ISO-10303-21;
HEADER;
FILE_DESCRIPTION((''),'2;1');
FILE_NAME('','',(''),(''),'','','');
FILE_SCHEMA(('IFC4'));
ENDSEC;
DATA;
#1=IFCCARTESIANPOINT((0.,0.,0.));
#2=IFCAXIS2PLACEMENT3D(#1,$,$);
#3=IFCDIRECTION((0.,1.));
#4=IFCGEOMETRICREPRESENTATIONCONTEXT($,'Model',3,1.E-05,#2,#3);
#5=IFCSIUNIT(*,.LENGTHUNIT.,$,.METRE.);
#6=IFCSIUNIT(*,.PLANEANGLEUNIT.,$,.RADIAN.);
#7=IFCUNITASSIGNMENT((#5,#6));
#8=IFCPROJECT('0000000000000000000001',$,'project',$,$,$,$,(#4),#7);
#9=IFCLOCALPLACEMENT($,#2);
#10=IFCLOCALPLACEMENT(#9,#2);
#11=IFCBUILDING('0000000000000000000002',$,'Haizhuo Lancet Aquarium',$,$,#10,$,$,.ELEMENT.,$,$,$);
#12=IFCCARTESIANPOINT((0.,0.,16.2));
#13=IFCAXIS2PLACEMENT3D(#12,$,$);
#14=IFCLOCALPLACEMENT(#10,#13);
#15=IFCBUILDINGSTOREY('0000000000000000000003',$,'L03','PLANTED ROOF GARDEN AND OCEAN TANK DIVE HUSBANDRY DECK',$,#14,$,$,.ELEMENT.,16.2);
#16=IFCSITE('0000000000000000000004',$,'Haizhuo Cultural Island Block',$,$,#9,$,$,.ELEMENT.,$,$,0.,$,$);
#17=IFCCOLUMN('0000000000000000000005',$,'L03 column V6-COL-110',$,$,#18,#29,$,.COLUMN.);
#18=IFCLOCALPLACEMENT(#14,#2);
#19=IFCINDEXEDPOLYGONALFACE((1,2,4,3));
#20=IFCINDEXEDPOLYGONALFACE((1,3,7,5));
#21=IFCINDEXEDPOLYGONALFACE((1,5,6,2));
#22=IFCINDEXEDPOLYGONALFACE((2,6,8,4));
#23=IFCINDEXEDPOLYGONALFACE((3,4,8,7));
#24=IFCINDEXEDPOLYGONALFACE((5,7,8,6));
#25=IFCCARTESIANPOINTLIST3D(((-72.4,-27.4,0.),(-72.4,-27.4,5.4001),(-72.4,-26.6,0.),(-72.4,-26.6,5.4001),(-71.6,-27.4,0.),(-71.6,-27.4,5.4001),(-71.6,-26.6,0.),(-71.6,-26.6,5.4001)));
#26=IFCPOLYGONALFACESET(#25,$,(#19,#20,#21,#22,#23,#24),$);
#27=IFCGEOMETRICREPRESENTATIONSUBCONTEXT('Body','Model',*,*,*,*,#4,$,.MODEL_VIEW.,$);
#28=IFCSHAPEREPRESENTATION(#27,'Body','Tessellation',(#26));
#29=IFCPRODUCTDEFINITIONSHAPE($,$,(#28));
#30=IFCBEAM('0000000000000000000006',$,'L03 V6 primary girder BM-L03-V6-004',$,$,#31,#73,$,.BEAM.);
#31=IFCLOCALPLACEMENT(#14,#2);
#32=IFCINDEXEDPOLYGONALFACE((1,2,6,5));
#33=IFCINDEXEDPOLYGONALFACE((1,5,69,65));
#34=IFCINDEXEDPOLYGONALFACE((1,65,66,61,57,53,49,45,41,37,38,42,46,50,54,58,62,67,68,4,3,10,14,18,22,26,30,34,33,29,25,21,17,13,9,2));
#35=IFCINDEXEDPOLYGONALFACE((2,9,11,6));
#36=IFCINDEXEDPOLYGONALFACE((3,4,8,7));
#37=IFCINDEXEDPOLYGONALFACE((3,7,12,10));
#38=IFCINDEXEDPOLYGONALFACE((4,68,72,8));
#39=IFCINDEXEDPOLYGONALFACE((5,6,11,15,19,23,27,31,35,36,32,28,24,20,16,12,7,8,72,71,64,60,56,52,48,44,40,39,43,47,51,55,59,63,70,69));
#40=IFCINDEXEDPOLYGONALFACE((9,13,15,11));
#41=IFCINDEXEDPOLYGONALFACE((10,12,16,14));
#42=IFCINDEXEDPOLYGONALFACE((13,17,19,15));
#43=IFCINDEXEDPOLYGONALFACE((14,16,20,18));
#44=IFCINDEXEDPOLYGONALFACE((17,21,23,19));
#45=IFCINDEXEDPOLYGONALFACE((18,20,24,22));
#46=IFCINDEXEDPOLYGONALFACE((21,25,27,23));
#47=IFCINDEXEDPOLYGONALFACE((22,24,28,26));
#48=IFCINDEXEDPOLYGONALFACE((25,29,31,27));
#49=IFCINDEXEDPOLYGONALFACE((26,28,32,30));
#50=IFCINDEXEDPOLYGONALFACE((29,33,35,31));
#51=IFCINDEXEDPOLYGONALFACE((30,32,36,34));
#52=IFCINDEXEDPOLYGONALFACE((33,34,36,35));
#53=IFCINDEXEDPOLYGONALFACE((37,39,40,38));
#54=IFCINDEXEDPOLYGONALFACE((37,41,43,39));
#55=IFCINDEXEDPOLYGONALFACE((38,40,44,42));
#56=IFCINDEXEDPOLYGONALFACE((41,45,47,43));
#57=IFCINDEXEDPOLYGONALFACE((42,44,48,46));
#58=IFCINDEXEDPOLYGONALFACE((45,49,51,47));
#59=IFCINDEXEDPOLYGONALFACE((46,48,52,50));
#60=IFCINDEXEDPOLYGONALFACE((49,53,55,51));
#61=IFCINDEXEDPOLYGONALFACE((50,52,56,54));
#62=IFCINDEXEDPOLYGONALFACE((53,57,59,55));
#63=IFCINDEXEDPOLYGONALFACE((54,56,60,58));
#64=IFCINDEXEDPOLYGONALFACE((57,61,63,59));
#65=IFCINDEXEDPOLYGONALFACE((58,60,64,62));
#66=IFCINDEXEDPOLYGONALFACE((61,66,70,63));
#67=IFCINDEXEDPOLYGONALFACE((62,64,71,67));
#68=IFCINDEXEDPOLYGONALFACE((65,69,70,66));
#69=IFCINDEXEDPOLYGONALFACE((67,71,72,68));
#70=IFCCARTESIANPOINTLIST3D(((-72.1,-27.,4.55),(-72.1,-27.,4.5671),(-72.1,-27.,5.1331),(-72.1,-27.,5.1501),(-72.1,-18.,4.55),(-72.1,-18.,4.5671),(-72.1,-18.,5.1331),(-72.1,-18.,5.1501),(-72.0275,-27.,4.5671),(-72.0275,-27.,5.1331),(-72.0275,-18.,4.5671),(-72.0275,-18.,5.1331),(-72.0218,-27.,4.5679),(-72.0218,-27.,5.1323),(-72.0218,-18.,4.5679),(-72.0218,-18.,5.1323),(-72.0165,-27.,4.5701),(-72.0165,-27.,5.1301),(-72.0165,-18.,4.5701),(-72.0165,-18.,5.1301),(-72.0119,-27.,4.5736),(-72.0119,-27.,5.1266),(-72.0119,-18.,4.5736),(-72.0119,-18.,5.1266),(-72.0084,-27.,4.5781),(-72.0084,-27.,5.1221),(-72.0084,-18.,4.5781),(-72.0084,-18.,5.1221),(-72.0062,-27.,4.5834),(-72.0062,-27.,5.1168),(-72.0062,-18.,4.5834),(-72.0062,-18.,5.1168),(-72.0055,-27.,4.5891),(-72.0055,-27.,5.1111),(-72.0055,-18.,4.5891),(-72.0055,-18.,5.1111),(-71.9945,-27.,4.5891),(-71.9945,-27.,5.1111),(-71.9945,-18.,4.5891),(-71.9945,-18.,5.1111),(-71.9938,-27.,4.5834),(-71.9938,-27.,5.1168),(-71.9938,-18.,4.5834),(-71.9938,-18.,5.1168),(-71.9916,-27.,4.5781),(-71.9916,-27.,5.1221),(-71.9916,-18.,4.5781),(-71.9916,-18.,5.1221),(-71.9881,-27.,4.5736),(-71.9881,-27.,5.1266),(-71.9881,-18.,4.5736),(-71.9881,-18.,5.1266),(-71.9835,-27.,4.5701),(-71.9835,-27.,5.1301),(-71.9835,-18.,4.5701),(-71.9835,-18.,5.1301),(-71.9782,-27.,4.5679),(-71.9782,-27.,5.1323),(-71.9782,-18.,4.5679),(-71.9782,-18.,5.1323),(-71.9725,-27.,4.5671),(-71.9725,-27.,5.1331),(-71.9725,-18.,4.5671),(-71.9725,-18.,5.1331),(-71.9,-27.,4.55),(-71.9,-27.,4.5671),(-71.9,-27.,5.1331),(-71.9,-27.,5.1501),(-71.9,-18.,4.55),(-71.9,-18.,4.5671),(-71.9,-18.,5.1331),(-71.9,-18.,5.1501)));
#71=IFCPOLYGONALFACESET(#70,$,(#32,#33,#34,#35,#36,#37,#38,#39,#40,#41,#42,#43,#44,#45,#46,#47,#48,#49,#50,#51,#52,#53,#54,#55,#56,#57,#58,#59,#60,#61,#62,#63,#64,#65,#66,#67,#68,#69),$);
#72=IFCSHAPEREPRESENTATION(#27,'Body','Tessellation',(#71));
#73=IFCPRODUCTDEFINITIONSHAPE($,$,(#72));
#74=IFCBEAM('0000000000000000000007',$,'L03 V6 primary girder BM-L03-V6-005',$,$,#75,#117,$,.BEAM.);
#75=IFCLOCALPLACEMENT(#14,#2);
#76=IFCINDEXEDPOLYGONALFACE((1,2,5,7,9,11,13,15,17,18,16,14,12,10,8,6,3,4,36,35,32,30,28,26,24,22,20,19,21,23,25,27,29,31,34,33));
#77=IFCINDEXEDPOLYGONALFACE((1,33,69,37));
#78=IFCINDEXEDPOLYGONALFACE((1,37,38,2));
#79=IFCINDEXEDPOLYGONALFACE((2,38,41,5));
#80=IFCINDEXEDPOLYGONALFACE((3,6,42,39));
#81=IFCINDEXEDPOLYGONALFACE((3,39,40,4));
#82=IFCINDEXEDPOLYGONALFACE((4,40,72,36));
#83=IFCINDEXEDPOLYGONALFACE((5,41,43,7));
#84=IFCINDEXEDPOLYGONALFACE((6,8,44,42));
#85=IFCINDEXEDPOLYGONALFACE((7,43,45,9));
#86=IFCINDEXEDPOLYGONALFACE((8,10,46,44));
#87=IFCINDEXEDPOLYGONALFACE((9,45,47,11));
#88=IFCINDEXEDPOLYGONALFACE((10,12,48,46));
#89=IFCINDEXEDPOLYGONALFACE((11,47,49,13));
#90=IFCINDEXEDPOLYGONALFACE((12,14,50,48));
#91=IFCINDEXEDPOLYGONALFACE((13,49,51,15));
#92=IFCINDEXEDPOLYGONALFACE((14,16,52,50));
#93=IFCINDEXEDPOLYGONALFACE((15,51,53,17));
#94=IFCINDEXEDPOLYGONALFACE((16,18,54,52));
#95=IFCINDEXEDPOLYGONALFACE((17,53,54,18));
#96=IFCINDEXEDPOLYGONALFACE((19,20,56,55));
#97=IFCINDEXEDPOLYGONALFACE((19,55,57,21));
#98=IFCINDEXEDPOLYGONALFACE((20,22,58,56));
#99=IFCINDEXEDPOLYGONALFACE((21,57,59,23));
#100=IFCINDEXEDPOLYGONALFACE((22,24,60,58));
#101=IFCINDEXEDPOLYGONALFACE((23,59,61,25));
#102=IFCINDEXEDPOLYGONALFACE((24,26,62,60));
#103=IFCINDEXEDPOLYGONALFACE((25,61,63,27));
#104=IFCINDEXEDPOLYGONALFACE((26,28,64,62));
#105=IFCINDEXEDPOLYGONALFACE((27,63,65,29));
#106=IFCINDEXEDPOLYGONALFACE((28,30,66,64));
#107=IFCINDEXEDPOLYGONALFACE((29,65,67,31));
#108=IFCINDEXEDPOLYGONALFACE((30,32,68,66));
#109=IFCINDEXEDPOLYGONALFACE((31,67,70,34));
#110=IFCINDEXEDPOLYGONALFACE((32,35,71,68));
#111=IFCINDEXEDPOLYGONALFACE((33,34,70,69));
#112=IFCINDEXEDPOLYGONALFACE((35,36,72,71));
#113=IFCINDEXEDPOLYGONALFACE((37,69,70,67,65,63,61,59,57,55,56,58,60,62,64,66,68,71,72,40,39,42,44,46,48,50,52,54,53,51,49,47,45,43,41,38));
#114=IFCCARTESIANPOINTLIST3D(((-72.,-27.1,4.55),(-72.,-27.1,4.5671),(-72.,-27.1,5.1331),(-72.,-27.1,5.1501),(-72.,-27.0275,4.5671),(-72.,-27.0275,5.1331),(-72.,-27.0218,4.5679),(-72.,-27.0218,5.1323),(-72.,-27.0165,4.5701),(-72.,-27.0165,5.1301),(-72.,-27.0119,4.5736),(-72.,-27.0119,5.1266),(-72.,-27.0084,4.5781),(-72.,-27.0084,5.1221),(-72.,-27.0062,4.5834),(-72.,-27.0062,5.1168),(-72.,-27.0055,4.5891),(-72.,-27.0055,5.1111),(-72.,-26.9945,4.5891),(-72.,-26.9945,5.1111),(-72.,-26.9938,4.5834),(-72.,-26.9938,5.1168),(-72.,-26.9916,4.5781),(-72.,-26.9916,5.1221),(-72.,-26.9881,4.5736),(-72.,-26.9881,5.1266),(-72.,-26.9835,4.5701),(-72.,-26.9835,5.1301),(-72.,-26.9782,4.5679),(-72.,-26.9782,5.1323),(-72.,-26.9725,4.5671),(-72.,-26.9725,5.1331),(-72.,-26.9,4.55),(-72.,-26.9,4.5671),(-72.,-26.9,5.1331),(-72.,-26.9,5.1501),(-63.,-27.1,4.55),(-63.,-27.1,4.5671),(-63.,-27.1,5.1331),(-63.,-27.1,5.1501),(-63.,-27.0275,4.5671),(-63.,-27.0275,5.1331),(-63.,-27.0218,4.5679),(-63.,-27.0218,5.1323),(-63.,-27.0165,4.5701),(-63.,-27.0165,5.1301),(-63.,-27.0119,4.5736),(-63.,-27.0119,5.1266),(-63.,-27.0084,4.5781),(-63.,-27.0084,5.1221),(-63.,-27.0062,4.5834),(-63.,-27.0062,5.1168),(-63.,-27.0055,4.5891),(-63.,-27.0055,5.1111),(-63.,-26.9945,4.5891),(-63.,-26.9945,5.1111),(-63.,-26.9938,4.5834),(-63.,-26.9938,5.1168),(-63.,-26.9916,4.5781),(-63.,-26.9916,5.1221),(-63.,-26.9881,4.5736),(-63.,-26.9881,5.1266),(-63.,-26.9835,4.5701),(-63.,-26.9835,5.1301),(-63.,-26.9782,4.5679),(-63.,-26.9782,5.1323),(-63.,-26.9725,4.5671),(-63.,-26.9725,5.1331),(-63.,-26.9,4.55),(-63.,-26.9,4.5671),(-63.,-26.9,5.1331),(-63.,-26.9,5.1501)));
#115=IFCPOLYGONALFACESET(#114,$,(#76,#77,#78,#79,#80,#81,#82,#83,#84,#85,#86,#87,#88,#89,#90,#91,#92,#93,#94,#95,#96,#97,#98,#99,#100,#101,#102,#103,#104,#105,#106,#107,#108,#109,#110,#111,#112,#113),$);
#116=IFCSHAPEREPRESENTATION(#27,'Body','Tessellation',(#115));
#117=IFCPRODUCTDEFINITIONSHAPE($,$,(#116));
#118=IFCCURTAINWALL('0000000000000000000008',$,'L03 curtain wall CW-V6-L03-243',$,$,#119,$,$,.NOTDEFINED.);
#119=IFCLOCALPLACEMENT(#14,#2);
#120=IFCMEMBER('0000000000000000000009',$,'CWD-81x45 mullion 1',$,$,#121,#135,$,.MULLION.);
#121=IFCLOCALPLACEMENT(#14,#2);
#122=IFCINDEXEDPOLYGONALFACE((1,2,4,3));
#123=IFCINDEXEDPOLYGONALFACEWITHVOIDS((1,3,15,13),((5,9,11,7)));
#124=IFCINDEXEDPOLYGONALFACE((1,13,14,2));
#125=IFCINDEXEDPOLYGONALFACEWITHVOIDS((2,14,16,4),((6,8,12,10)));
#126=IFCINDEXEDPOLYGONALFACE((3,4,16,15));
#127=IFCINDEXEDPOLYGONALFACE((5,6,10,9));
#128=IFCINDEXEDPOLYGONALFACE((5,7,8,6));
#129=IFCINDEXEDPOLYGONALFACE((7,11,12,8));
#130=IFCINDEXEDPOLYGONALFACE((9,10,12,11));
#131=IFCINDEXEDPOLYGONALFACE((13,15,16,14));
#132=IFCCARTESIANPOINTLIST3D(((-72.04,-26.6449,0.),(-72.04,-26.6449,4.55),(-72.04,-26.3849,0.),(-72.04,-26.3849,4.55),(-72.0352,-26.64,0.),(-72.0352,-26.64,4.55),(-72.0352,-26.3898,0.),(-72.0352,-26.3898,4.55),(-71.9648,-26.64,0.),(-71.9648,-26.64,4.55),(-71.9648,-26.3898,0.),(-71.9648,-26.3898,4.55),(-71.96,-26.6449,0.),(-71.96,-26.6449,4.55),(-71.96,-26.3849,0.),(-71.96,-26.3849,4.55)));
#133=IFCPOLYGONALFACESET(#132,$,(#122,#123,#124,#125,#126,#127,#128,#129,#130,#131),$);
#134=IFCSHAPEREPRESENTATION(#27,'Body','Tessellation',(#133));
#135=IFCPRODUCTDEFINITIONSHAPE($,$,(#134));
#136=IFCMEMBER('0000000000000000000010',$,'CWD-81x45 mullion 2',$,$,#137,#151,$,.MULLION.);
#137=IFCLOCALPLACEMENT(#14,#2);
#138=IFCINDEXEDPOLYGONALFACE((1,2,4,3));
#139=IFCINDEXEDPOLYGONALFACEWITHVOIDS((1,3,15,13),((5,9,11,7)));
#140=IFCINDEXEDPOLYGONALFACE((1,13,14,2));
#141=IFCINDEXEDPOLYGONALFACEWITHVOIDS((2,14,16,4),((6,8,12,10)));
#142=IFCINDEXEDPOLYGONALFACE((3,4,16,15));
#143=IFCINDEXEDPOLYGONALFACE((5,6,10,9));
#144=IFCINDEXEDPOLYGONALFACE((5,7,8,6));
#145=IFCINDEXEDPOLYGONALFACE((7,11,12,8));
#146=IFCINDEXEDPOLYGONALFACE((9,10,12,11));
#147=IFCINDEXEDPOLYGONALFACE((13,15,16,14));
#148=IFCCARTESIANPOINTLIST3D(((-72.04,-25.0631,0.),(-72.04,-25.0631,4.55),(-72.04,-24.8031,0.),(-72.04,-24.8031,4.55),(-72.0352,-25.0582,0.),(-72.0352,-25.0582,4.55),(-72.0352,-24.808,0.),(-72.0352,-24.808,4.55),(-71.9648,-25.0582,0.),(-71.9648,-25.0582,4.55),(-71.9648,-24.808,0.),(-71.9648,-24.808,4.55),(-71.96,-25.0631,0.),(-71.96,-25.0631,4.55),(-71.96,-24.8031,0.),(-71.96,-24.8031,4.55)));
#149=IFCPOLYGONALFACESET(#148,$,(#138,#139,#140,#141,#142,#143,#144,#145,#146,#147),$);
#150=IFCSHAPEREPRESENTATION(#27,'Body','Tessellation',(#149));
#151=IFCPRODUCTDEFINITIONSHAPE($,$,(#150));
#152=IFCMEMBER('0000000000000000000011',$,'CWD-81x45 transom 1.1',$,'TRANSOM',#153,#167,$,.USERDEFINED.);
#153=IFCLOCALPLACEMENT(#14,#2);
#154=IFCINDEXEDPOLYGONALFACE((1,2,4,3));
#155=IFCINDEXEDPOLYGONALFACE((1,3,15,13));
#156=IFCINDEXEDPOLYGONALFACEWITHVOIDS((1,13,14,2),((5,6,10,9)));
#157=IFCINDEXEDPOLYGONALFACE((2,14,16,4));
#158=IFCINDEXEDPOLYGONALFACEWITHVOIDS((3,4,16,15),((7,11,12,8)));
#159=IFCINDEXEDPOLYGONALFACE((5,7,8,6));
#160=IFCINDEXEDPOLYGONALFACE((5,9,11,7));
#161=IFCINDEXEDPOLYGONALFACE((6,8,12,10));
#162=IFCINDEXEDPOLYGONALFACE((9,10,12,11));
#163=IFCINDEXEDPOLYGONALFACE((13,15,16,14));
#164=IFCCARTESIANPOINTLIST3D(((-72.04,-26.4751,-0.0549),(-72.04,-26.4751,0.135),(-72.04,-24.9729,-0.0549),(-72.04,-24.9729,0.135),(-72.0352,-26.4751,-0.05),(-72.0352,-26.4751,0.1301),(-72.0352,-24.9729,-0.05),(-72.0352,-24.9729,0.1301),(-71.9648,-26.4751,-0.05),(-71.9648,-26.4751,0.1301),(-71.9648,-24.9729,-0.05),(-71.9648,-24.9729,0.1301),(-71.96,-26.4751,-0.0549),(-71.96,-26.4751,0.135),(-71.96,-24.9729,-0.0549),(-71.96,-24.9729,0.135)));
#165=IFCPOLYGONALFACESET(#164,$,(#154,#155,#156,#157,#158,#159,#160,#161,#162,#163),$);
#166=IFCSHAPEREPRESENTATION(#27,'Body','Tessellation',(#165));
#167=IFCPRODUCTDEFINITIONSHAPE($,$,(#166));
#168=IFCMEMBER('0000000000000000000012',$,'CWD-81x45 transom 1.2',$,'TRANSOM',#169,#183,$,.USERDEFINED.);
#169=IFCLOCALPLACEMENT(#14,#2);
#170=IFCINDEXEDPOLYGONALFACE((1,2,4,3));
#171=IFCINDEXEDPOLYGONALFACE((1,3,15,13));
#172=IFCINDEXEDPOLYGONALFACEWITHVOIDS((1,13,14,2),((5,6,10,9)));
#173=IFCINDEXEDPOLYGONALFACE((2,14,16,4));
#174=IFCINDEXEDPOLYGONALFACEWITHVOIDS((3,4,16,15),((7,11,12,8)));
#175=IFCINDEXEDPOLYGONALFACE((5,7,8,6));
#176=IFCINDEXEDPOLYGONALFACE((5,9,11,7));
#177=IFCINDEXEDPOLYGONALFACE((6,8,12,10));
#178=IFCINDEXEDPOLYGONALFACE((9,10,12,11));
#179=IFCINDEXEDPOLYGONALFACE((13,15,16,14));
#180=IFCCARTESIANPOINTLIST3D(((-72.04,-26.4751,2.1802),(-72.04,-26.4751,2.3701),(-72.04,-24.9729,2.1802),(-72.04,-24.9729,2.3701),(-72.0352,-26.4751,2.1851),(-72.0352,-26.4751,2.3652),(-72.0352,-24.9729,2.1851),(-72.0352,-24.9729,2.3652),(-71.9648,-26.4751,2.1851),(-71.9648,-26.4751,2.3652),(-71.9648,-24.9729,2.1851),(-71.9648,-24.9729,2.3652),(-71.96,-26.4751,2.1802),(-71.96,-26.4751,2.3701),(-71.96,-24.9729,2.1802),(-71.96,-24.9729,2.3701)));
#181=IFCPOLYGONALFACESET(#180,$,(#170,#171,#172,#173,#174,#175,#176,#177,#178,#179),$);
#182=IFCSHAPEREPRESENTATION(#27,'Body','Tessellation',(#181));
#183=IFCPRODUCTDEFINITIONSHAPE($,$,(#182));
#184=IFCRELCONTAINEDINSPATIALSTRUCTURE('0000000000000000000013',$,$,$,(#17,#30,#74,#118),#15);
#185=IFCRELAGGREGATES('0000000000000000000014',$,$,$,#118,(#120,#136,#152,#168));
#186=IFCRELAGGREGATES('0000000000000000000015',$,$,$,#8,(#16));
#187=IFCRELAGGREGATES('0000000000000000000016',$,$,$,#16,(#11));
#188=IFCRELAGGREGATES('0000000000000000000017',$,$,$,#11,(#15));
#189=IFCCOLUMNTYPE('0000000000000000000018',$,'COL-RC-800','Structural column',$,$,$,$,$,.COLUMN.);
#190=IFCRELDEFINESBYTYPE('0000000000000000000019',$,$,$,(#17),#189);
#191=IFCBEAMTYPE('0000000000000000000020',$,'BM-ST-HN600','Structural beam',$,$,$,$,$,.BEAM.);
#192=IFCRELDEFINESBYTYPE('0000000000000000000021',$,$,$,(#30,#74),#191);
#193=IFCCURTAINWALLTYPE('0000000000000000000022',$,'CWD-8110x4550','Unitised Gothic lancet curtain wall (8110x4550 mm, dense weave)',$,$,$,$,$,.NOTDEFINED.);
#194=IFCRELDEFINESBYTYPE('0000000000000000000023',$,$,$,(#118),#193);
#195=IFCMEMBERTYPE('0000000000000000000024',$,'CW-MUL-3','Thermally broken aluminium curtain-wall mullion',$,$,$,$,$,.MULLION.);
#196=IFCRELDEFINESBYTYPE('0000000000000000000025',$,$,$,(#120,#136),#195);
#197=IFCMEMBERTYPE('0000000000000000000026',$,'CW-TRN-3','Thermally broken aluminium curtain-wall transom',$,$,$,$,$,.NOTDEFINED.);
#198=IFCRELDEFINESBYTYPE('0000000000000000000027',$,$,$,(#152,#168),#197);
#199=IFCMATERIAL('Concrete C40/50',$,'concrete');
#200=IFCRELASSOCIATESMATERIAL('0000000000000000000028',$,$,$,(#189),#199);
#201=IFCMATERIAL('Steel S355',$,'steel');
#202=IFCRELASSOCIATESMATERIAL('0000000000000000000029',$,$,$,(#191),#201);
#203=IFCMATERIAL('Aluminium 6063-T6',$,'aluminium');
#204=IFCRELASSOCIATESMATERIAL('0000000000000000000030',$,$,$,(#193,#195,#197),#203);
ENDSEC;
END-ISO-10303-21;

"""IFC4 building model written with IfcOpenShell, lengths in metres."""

from ifc_helpers import new_model, si_unit, direction, frame, origin, origin_2d, place, context, subcontext, project, spatial, rectangle, hollow_rectangle, i_section, extrude, material, material_profile, profile_set, type_object, element, aggregate, save


model = new_model("IFC4")

# Units and contexts
model_context = context("Model", 3, precision=1e-05, world=origin(), true_north=direction((0.0, 1.0)))
body_context = subcontext(model_context, "Body", "Model", "MODEL_VIEW")
ifc_project = project(units=[si_unit("LENGTHUNIT", "METRE"), si_unit("PLANEANGLEUNIT", "RADIAN")], contexts=[model_context])

# Site, building, storey
site_placement = place(None, origin())
site = spatial("IfcSite", under=ifc_project, at=site_placement, Name="Haizhuo Cultural Island Block", CompositionType="ELEMENT", RefElevation=0.0)
building_placement = place(site_placement, origin())
building = spatial("IfcBuilding", under=site, at=building_placement, Name="Haizhuo Lancet Aquarium", CompositionType="ELEMENT")
storey_placement = place(building_placement, frame((0.0, 0.0, 16.2)))
storey = spatial("IfcBuildingStorey", under=building, at=storey_placement, Name="L03", Description="PLANTED ROOF GARDEN AND OCEAN TANK DIVE HUSBANDRY DECK", CompositionType="ELEMENT", Elevation=16.2)

# Column
ifc_material_1 = material(Name="Concrete C40/50", Category="concrete")
ifc_material_profile_1 = material_profile(ifc_material_1, rectangle(XDim=0.8, YDim=0.8, at=origin_2d()), Name="RC-COL 800x800")
ifc_profile_set_1 = profile_set([ifc_material_profile_1], Name="Concrete C40/50")
column_type = type_object("IfcColumnType", Name="COL-RC-800", Description="Structural column", PredefinedType="COLUMN", material=ifc_profile_set_1)
column_placement = place(storey_placement, frame((-72.0, -27.0, 0.0), z_axis=(0.0, 0.0, 1.0), x_axis=(1.0, 0.0, 0.0)))
element("IfcColumn", 1, at=column_placement, inside=storey, type_object=column_type, Name="L03 column V6-COL-110", PredefinedType="COLUMN", context=body_context, shape_type="SweptSolid", body=[
    extrude(rectangle(XDim=0.8, YDim=0.8, at=origin_2d()), origin(), (0.0, 0.0, 1.0), 5.4001),
])

# Beams
ifc_material_2 = material(Name="Steel S355", Category="steel")
ifc_material_profile_2 = material_profile(ifc_material_2, i_section(OverallWidth=0.2, OverallDepth=0.6001, WebThickness=0.011, FlangeThickness=0.0171, FilletRadius=0.022, at=origin_2d()), Name="HN 600x200x11x17")
ifc_profile_set_2 = profile_set([ifc_material_profile_2], Name="Steel S355")
beam_type = type_object("IfcBeamType", Name="BM-ST-HN600", Description="Structural beam", PredefinedType="BEAM", material=ifc_profile_set_2)
for number, where, z_axis, x_axis, name in (
    (2, (-72.0, -27.0, 4.8501), (0.0, 1.0, 0.0), (-1.0, 0.0, 0.0), "L03 V6 primary girder BM-L03-V6-004"),
    (3, (-72.0, -27.0, 4.8501), (1.0, 0.0, 0.0), (0.0, 1.0, 0.0), "L03 V6 primary girder BM-L03-V6-005"),
):
    element("IfcBeam", number, at=place(storey_placement, frame(where, z_axis=z_axis, x_axis=x_axis)), inside=storey, type_object=beam_type, Name=name, PredefinedType="BEAM", context=body_context, shape_type="SweptSolid", body=[
        extrude(i_section(OverallWidth=0.2, OverallDepth=0.6001, WebThickness=0.011, FlangeThickness=0.0171, FilletRadius=0.022, at=origin_2d()), origin(), (0.0, 0.0, 1.0), 9.0),
    ])

# Curtain wall, members
ifc_material_3 = material(Name="Aluminium 6063-T6", Category="aluminium")
curtain_wall_type = type_object("IfcCurtainWallType", Name="CWD-8110x4550", Description="Unitised Gothic lancet curtain wall (8110x4550 mm, dense weave)", PredefinedType="NOTDEFINED", material=ifc_material_3)
curtain_wall_placement = place(storey_placement, origin())
curtain_wall = element("IfcCurtainWall", 4, at=curtain_wall_placement, inside=storey, type_object=curtain_wall_type, Name="L03 curtain wall CW-V6-L03-243", PredefinedType="NOTDEFINED")
ifc_material_profile_3 = material_profile(ifc_material_3, hollow_rectangle(XDim=0.0801, YDim=0.26, WallThickness=0.0049, at=origin_2d()), Name="ALU-M 80x260x5")
ifc_profile_set_3 = profile_set([ifc_material_profile_3], Name="Aluminium 6063-T6")
member_type_1 = type_object("IfcMemberType", Name="CW-MUL-3", Description="Thermally broken aluminium curtain-wall mullion", PredefinedType="MULLION", material=ifc_profile_set_3)
member_1_placement = place(storey_placement, frame((-72.0, -26.5149, 0.0), z_axis=(0.0, 0.0, 1.0), x_axis=(-1.0, 0.0, 0.0)))
member_1 = element("IfcMember", 5, at=member_1_placement, type_object=member_type_1, Name="CWD-81x45 mullion 1", PredefinedType="MULLION", context=body_context, shape_type="SweptSolid", body=[
    extrude(hollow_rectangle(XDim=0.0801, YDim=0.26, WallThickness=0.0049, at=origin_2d()), origin(), (0.0, 0.0, 1.0), 4.55),
])
member_2_placement = place(storey_placement, frame((-72.0, -24.9331, 0.0), z_axis=(0.0, 0.0, 1.0), x_axis=(-1.0, 0.0, 0.0)))
member_2 = element("IfcMember", 6, at=member_2_placement, type_object=member_type_1, Name="CWD-81x45 mullion 2", PredefinedType="MULLION", context=body_context, shape_type="SweptSolid", body=[
    extrude(hollow_rectangle(XDim=0.0801, YDim=0.26, WallThickness=0.0049, at=origin_2d()), origin(), (0.0, 0.0, 1.0), 4.55),
])
ifc_material_profile_4 = material_profile(ifc_material_3, hollow_rectangle(XDim=0.0801, YDim=0.1899, WallThickness=0.0049, at=origin_2d()), Name="ALU-T 80x190x5")
ifc_profile_set_4 = profile_set([ifc_material_profile_4], Name="Aluminium 6063-T6")
member_type_2 = type_object("IfcMemberType", Name="CW-TRN-3", Description="Thermally broken aluminium curtain-wall transom", PredefinedType="NOTDEFINED", material=ifc_profile_set_4)
member_3_placement = place(storey_placement, frame((-72.0, -26.4751, 0.04), z_axis=(0.0, 1.0, 0.0), x_axis=(-1.0, 0.0, 0.0)))
member_3 = element("IfcMember", 7, at=member_3_placement, type_object=member_type_2, Name="CWD-81x45 transom 1.1", ObjectType="TRANSOM", PredefinedType="USERDEFINED", context=body_context, shape_type="SweptSolid", body=[
    extrude(hollow_rectangle(XDim=0.0801, YDim=0.1899, WallThickness=0.0049, at=origin_2d()), origin(), (0.0, 0.0, 1.0), 1.5022),
])
member_4_placement = place(storey_placement, frame((-72.0, -26.4751, 2.2751), z_axis=(0.0, 1.0, 0.0), x_axis=(-1.0, 0.0, 0.0)))
member_4 = element("IfcMember", 8, at=member_4_placement, type_object=member_type_2, Name="CWD-81x45 transom 1.2", ObjectType="TRANSOM", PredefinedType="USERDEFINED", context=body_context, shape_type="SweptSolid", body=[
    extrude(hollow_rectangle(XDim=0.0801, YDim=0.1899, WallThickness=0.0049, at=origin_2d()), origin(), (0.0, 0.0, 1.0), 1.5022),
])

aggregate(curtain_wall, [member_1, member_2, member_3, member_4])

save(model, "model.ifc")
